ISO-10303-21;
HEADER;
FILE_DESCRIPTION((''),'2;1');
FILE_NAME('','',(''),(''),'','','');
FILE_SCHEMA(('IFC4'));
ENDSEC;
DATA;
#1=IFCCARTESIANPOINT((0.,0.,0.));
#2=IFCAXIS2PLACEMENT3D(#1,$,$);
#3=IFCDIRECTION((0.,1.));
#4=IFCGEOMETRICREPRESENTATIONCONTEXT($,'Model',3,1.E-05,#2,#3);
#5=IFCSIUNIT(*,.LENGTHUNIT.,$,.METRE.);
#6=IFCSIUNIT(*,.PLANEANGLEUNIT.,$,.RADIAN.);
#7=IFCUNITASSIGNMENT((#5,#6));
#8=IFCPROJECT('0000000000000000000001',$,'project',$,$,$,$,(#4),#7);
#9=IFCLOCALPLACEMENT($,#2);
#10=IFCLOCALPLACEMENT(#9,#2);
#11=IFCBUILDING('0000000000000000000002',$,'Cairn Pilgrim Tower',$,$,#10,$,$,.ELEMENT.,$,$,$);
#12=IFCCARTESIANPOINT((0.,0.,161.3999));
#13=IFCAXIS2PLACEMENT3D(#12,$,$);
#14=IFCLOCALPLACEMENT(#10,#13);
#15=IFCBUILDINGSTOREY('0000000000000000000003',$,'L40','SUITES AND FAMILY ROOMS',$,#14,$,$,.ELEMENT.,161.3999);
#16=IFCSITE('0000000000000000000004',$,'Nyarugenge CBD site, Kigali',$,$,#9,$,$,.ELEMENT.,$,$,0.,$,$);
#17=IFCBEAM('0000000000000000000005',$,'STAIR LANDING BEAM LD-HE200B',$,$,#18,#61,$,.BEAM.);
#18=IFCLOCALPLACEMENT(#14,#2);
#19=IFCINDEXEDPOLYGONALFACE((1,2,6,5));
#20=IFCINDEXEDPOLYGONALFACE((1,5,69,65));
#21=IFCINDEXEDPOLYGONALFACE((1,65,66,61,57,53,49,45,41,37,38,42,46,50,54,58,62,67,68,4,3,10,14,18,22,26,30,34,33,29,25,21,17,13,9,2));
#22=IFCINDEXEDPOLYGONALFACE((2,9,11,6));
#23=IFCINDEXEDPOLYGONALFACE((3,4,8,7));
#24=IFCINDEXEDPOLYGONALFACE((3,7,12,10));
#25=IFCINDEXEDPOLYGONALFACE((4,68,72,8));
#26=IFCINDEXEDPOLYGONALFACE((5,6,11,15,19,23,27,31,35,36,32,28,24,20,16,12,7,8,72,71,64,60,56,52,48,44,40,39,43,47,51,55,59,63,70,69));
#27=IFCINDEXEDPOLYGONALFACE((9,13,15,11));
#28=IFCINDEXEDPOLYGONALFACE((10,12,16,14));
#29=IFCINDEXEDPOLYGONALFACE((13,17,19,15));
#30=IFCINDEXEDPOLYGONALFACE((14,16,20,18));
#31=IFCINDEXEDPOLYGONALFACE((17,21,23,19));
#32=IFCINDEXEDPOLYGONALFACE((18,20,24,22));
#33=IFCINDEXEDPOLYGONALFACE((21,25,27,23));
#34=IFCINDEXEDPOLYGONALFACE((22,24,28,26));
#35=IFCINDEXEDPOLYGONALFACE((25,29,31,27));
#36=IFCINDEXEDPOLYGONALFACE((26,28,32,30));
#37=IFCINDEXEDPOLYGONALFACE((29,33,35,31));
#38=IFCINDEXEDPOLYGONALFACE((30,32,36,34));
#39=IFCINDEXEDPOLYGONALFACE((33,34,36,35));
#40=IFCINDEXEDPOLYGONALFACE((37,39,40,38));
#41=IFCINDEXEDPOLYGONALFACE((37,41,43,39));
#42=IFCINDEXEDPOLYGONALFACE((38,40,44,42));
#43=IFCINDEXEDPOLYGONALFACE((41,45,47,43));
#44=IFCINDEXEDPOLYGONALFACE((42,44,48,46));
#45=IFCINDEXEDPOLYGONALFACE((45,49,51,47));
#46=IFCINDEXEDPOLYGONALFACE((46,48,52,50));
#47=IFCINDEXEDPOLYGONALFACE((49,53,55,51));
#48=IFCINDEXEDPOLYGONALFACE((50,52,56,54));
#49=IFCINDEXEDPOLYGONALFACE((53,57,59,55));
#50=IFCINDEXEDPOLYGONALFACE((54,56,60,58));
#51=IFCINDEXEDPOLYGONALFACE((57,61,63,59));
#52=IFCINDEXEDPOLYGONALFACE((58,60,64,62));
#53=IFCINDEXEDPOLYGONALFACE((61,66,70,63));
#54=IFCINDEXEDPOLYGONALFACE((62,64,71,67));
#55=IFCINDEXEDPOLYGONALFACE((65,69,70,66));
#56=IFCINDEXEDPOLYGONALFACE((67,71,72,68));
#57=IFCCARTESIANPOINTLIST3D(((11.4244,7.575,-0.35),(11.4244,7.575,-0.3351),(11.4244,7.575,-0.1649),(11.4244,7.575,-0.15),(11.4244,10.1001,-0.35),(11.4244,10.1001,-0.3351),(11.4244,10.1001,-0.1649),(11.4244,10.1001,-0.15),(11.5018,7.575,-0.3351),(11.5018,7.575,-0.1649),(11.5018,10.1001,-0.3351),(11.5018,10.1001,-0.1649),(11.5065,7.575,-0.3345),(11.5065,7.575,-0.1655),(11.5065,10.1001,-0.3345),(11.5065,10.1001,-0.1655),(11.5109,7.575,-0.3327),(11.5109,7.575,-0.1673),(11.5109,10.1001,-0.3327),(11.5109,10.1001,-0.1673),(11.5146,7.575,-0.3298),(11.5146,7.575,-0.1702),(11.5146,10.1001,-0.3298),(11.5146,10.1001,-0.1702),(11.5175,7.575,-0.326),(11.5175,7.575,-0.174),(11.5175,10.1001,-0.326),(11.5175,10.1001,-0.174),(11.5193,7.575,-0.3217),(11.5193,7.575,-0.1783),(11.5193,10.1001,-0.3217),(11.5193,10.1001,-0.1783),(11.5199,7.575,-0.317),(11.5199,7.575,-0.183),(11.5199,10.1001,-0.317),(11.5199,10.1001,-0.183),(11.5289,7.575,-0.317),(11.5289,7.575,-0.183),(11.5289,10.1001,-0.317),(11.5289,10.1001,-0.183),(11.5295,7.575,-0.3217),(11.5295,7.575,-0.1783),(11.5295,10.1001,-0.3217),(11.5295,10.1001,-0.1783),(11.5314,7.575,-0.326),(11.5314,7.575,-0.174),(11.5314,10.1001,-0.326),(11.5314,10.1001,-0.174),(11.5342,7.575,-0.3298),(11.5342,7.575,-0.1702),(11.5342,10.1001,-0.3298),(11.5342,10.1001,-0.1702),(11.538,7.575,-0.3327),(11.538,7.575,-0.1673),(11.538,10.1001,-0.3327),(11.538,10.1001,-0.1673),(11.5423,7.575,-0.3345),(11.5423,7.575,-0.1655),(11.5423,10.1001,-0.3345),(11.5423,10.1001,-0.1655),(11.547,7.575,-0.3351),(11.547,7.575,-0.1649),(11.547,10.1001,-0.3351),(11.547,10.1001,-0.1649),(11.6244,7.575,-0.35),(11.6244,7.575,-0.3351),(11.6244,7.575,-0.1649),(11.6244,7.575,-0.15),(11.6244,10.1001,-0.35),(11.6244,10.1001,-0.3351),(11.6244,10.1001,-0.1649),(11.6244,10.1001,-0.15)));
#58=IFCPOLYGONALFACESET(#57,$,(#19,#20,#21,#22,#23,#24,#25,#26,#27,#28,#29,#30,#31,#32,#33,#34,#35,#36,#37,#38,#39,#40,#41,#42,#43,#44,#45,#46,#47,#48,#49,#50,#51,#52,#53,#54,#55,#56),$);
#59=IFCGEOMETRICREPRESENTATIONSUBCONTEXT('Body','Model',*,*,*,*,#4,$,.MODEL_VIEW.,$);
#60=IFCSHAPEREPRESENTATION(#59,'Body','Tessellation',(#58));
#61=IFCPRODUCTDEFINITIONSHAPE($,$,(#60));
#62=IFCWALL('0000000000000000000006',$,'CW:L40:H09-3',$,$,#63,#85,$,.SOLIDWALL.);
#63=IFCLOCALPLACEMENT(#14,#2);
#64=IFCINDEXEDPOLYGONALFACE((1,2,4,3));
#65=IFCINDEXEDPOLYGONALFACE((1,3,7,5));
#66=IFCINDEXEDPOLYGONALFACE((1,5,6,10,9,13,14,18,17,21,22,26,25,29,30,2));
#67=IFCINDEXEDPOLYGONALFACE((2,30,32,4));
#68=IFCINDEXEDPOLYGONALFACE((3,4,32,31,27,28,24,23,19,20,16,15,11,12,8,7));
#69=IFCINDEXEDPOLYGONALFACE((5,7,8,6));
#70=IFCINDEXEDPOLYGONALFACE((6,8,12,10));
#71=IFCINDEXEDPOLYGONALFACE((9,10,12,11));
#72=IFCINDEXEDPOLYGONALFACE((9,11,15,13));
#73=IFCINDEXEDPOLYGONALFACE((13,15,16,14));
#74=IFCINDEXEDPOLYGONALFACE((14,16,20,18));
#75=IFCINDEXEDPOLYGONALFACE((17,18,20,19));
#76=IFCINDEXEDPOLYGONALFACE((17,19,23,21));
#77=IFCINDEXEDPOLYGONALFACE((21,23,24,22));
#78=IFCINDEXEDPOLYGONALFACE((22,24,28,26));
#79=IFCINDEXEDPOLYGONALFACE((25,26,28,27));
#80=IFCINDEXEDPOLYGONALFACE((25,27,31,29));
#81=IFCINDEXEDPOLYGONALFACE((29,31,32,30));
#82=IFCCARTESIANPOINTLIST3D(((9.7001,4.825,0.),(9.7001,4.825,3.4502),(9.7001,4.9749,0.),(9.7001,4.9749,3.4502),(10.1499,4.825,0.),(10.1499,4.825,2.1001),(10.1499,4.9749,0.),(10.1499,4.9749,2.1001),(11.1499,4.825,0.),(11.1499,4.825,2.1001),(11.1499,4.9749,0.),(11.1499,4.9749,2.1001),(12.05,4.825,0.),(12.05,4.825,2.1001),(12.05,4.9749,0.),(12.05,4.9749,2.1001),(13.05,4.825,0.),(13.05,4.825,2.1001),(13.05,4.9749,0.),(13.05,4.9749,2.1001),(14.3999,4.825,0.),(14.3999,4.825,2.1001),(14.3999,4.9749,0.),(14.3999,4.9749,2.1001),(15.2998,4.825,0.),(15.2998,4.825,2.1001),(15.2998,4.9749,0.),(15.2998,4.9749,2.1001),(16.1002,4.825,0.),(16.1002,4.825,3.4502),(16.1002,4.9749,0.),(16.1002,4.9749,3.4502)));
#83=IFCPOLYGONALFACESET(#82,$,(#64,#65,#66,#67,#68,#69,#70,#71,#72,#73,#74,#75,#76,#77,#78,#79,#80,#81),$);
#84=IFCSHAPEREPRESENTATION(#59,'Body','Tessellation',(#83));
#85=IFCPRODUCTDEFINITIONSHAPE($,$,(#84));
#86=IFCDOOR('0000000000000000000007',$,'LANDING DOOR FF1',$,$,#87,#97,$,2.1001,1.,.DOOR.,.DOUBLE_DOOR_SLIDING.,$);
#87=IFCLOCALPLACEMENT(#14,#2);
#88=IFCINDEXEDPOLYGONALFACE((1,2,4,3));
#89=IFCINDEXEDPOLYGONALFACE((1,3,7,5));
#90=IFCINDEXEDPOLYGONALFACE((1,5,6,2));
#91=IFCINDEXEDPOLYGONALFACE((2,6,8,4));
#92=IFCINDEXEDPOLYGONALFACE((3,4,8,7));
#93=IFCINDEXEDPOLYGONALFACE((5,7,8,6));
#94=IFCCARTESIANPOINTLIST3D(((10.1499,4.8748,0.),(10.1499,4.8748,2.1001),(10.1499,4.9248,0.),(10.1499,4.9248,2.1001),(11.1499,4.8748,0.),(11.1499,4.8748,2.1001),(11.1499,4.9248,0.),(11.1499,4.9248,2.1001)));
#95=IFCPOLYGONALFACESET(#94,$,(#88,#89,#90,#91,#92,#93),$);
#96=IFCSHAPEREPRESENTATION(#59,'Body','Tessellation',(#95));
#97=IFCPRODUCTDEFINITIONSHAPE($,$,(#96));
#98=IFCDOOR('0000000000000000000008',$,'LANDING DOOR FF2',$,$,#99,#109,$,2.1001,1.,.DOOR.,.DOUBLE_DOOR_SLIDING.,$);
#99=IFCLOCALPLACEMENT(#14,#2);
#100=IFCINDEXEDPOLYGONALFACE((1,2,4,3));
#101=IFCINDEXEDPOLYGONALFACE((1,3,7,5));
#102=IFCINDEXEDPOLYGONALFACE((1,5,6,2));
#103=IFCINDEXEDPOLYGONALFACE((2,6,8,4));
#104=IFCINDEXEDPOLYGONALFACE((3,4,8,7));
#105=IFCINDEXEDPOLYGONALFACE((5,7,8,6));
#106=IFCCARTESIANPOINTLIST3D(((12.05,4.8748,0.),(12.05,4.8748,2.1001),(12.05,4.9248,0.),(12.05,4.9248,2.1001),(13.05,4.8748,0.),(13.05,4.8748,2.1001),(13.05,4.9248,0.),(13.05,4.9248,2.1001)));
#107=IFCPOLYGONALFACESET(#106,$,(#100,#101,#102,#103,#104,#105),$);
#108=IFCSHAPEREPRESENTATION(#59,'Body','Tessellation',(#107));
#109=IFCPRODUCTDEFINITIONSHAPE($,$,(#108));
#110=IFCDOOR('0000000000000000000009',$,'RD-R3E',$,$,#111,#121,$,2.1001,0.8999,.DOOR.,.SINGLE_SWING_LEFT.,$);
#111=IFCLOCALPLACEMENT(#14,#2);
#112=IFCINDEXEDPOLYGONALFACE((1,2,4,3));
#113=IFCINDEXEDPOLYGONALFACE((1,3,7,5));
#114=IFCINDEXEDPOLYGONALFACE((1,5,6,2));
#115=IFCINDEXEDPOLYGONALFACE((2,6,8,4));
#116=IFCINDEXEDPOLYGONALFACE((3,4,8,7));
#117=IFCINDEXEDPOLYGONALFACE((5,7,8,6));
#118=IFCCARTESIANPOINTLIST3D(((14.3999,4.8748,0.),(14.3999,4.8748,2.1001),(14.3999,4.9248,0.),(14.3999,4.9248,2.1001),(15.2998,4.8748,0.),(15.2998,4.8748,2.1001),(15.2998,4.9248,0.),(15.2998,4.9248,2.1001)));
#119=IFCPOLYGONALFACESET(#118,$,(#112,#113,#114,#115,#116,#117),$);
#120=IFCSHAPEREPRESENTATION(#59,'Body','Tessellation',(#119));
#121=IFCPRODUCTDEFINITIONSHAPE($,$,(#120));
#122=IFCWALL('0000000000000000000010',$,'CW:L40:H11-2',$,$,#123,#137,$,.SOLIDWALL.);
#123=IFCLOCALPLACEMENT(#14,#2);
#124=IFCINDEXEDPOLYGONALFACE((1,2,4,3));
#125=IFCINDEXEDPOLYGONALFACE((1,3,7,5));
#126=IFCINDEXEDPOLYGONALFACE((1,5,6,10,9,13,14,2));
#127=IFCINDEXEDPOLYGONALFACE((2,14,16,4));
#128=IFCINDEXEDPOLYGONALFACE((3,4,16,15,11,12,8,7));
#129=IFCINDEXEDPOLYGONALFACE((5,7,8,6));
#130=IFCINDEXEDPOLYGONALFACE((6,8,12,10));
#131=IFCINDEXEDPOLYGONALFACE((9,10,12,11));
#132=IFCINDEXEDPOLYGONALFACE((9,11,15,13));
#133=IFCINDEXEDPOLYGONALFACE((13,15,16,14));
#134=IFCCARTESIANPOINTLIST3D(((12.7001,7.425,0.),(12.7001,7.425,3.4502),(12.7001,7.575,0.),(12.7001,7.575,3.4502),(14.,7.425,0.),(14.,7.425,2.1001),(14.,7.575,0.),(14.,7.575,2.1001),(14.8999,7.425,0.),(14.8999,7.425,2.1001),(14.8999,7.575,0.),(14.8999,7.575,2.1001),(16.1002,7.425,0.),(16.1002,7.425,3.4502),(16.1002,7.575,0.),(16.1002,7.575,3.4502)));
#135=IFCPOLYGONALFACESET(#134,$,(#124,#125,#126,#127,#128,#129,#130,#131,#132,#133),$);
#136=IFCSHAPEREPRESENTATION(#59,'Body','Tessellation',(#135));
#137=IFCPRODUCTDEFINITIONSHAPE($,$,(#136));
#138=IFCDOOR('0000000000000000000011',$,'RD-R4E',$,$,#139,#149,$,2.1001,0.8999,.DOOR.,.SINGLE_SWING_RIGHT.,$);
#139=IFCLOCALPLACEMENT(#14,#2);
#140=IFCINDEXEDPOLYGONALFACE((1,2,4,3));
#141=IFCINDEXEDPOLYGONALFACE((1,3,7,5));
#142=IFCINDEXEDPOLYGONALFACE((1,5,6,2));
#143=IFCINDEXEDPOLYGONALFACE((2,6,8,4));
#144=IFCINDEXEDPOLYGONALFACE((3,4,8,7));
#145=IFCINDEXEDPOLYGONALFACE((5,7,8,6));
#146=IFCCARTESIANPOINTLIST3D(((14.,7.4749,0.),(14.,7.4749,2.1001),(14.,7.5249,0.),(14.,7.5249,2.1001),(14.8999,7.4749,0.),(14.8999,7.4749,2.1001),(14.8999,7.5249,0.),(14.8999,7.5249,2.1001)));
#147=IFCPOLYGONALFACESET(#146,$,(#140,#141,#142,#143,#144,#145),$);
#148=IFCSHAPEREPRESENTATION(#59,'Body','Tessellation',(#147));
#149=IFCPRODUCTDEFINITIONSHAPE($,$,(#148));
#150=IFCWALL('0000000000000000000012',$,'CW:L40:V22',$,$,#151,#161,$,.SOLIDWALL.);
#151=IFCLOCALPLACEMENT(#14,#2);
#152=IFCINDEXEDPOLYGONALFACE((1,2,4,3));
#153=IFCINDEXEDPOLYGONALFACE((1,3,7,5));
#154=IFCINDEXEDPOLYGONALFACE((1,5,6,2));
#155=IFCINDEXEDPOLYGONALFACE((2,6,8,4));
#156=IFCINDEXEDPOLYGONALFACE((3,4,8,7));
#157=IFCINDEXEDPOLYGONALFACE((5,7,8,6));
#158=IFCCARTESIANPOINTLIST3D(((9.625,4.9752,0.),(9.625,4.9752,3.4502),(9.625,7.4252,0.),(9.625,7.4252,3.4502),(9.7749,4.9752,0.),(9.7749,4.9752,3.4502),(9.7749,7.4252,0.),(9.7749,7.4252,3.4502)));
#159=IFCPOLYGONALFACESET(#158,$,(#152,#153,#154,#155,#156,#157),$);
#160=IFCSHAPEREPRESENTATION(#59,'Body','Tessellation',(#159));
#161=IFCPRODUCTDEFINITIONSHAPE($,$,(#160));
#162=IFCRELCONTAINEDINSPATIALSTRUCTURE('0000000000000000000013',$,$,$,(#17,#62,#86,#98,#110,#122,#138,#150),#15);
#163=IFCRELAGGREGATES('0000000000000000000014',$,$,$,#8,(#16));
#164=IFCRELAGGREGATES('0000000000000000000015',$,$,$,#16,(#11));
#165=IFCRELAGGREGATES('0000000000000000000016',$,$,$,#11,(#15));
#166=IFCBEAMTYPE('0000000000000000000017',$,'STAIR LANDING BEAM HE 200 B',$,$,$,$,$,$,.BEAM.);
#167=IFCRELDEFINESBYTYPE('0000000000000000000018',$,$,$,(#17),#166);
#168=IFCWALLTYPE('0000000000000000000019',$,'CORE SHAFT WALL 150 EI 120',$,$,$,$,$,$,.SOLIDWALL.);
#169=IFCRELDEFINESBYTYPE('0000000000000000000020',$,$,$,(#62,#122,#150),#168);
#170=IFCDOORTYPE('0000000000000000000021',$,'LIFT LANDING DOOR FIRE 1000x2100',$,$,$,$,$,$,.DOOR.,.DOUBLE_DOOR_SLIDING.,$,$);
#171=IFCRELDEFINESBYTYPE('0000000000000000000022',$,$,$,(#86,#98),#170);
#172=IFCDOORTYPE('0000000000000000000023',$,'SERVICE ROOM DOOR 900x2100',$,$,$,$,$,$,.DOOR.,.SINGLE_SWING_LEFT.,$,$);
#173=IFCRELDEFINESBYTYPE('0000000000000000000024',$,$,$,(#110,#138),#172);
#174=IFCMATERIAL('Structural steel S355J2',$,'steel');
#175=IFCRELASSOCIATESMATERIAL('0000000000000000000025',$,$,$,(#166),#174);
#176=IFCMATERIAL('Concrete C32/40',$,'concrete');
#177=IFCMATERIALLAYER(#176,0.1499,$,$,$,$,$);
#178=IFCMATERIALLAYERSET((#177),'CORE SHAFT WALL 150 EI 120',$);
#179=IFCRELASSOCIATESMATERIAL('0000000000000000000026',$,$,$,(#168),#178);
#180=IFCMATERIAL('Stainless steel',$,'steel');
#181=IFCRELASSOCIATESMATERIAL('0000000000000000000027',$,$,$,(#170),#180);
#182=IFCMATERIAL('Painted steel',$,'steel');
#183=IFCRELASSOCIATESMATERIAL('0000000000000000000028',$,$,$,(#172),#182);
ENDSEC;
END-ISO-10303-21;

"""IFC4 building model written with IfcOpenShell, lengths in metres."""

from ifc_helpers import new_model, si_unit, direction, frame, frame_2d, origin, origin_2d, place, context, subcontext, project, spatial, rectangle, i_section, extrude, material, layer, layer_set, material_profile, profile_set, type_object, element, fill, save


model = new_model("IFC4")

# Units and contexts
model_context = context("Model", 3, precision=1e-05, world=origin(), true_north=direction((0.0, 1.0)))
body_context = subcontext(model_context, "Body", "Model", "MODEL_VIEW")
ifc_project = project(units=[si_unit("LENGTHUNIT", "METRE"), si_unit("PLANEANGLEUNIT", "RADIAN")], contexts=[model_context])

# Site, building, storey
site_placement = place(None, origin())
site = spatial("IfcSite", under=ifc_project, at=site_placement, Name="Nyarugenge CBD site, Kigali", CompositionType="ELEMENT", RefElevation=0.0)
building_placement = place(site_placement, origin())
building = spatial("IfcBuilding", under=site, at=building_placement, Name="Cairn Pilgrim Tower", CompositionType="ELEMENT")
storey_placement = place(building_placement, frame((0.0, 0.0, 161.3999)))
storey = spatial("IfcBuildingStorey", under=building, at=storey_placement, Name="L40", Description="SUITES AND FAMILY ROOMS", CompositionType="ELEMENT", Elevation=161.3999)

# Beam
ifc_material_1 = material(Name="Structural steel S355J2", Category="steel")
ifc_material_profile_1 = material_profile(ifc_material_1, i_section(OverallWidth=0.2, OverallDepth=0.2, WebThickness=0.009, FlangeThickness=0.0149, FilletRadius=0.0181, at=origin_2d()), Name="HE 200 B")
ifc_profile_set_1 = profile_set([ifc_material_profile_1], Name="Structural steel S355J2")
beam_type_1 = type_object("IfcBeamType", Name="STAIR LANDING BEAM HE 200 B", PredefinedType="BEAM", material=ifc_profile_set_1)
beam_1_placement = place(storey_placement, frame((11.5244, 10.1001, -0.25), z_axis=(0.0, -1.0, 0.0), x_axis=(1.0, 0.0, 0.0)))
element("IfcBeam", 1, at=beam_1_placement, inside=storey, type_object=beam_type_1, Name="STAIR LANDING BEAM LD-HE200B", PredefinedType="BEAM", context=body_context, shape_type="SweptSolid", body=[
    extrude(i_section(OverallWidth=0.2, OverallDepth=0.2, WebThickness=0.009, FlangeThickness=0.0149, FilletRadius=0.0181, at=origin_2d()), origin(), (0.0, 0.0, 1.0), 2.5251),
])

# Wall, openings, doors
ifc_material_2 = material(Name="Concrete C32/40", Category="concrete")
ifc_layer_1 = layer(ifc_material_2, 0.1499)
ifc_layer_set_1 = layer_set([ifc_layer_1], Name="CORE SHAFT WALL 150 EI 120")
wall_type_1 = type_object("IfcWallType", Name="CORE SHAFT WALL 150 EI 120", PredefinedType="SOLIDWALL", material=ifc_layer_set_1)
wall_1_placement = place(storey_placement, frame((9.7, 4.8999, 0.0), z_axis=(0.0, 0.0, 1.0), x_axis=(1.0, 0.0, 0.0)))
wall_1 = element("IfcWall", 2, at=wall_1_placement, inside=storey, type_object=wall_type_1, Name="CW:L40:H09-3", PredefinedType="SOLIDWALL", context=body_context, shape_type="SweptSolid", body=[
    extrude(rectangle(XDim=6.4001, YDim=0.1499, at=frame_2d((3.2002, 0.0))), origin(), (0.0, 0.0, 1.0), 3.4502),
])
opening_1_placement = place(wall_1_placement, frame((0.45, 0.0, 0.0)))
opening_1 = element("IfcOpeningElement", 3, at=opening_1_placement, cuts=wall_1, PredefinedType="OPENING", context=body_context, shape_type="SweptSolid", body=[
    extrude(rectangle(XDim=1.0, YDim=2.1001, at=frame_2d((0.5, 1.05))), frame((0.0, 0.085, 0.0), z_axis=(0.0, -1.0, 0.0), x_axis=(1.0, 0.0, 0.0)), (0.0, 0.0, 1.0), 0.1699),
])
opening_2_placement = place(wall_1_placement, frame((2.3501, 0.0, 0.0)))
opening_2 = element("IfcOpeningElement", 4, at=opening_2_placement, cuts=wall_1, PredefinedType="OPENING", context=body_context, shape_type="SweptSolid", body=[
    extrude(rectangle(XDim=1.0, YDim=2.1001, at=frame_2d((0.5, 1.05))), frame((0.0, 0.085, 0.0), z_axis=(0.0, -1.0, 0.0), x_axis=(1.0, 0.0, 0.0)), (0.0, 0.0, 1.0), 0.1699),
])
opening_3_placement = place(wall_1_placement, frame((4.7, 0.0, 0.0)))
opening_3 = element("IfcOpeningElement", 5, at=opening_3_placement, cuts=wall_1, PredefinedType="OPENING", context=body_context, shape_type="SweptSolid", body=[
    extrude(rectangle(XDim=0.8999, YDim=2.1001, at=frame_2d((0.45, 1.05))), frame((0.0, 0.085, 0.0), z_axis=(0.0, -1.0, 0.0), x_axis=(1.0, 0.0, 0.0)), (0.0, 0.0, 1.0), 0.1699),
])
ifc_material_3 = material(Name="Stainless steel", Category="steel")
door_type_1 = type_object("IfcDoorType", Name="LIFT LANDING DOOR FIRE 1000x2100", OperationType="DOUBLE_DOOR_SLIDING", PredefinedType="DOOR", material=ifc_material_3)
door_1_placement = place(opening_1_placement, origin())
door_1 = element("IfcDoor", 6, at=door_1_placement, inside=storey, type_object=door_type_1, Name="LANDING DOOR FF1", OperationType="DOUBLE_DOOR_SLIDING", OverallHeight=2.1001, OverallWidth=1.0, PredefinedType="DOOR", context=body_context, shape_type="SweptSolid", body=[
    extrude(rectangle(XDim=1.0, YDim=2.1001, at=frame_2d((0.5, 1.05))), frame((0.0, 0.0249, 0.0), z_axis=(0.0, -1.0, 0.0), x_axis=(1.0, 0.0, 0.0)), (0.0, 0.0, 1.0), 0.05),
])
fill(opening_1, door_1)
door_2_placement = place(opening_2_placement, origin())
door_2 = element("IfcDoor", 7, at=door_2_placement, inside=storey, type_object=door_type_1, Name="LANDING DOOR FF2", OperationType="DOUBLE_DOOR_SLIDING", OverallHeight=2.1001, OverallWidth=1.0, PredefinedType="DOOR", context=body_context, shape_type="SweptSolid", body=[
    extrude(rectangle(XDim=1.0, YDim=2.1001, at=frame_2d((0.5, 1.05))), frame((0.0, 0.0249, 0.0), z_axis=(0.0, -1.0, 0.0), x_axis=(1.0, 0.0, 0.0)), (0.0, 0.0, 1.0), 0.05),
])
fill(opening_2, door_2)
ifc_material_4 = material(Name="Painted steel", Category="steel")
door_type_2 = type_object("IfcDoorType", Name="SERVICE ROOM DOOR 900x2100", OperationType="SINGLE_SWING_LEFT", PredefinedType="DOOR", material=ifc_material_4)
door_3_placement = place(opening_3_placement, origin())
door_3 = element("IfcDoor", 8, at=door_3_placement, inside=storey, type_object=door_type_2, Name="RD-R3E", OperationType="SINGLE_SWING_LEFT", OverallHeight=2.1001, OverallWidth=0.8999, PredefinedType="DOOR", context=body_context, shape_type="SweptSolid", body=[
    extrude(rectangle(XDim=0.8999, YDim=2.1001, at=frame_2d((0.45, 1.05))), frame((0.0, 0.0249, 0.0), z_axis=(0.0, -1.0, 0.0), x_axis=(1.0, 0.0, 0.0)), (0.0, 0.0, 1.0), 0.05),
])
fill(opening_3, door_3)

# Wall, opening, door
wall_2_placement = place(storey_placement, frame((12.7, 7.5, 0.0), z_axis=(0.0, 0.0, 1.0), x_axis=(1.0, 0.0, 0.0)))
wall_2 = element("IfcWall", 9, at=wall_2_placement, inside=storey, type_object=wall_type_1, Name="CW:L40:H11-2", PredefinedType="SOLIDWALL", context=body_context, shape_type="SweptSolid", body=[
    extrude(rectangle(XDim=3.4001, YDim=0.1499, at=frame_2d((1.7002, 0.0))), origin(), (0.0, 0.0, 1.0), 3.4502),
])
opening_4_placement = place(wall_2_placement, frame((1.3, 0.0, 0.0)))
opening_4 = element("IfcOpeningElement", 10, at=opening_4_placement, cuts=wall_2, PredefinedType="OPENING", context=body_context, shape_type="SweptSolid", body=[
    extrude(rectangle(XDim=0.8999, YDim=2.1001, at=frame_2d((0.45, 1.05))), frame((0.0, 0.085, 0.0), z_axis=(0.0, -1.0, 0.0), x_axis=(1.0, 0.0, 0.0)), (0.0, 0.0, 1.0), 0.1699),
])
door_4_placement = place(opening_4_placement, origin())
door_4 = element("IfcDoor", 11, at=door_4_placement, inside=storey, type_object=door_type_2, Name="RD-R4E", OperationType="SINGLE_SWING_RIGHT", OverallHeight=2.1001, OverallWidth=0.8999, PredefinedType="DOOR", context=body_context, shape_type="SweptSolid", body=[
    extrude(rectangle(XDim=0.8999, YDim=2.1001, at=frame_2d((0.45, 1.05))), frame((0.0, 0.0249, 0.0), z_axis=(0.0, -1.0, 0.0), x_axis=(1.0, 0.0, 0.0)), (0.0, 0.0, 1.0), 0.05),
])
fill(opening_4, door_4)

# Wall
wall_3_placement = place(storey_placement, frame((9.7, 4.9751, 0.0), z_axis=(0.0, 0.0, 1.0), x_axis=(0.0, 1.0, 0.0)))
element("IfcWall", 12, at=wall_3_placement, inside=storey, type_object=wall_type_1, Name="CW:L40:V22", PredefinedType="SOLIDWALL", context=body_context, shape_type="SweptSolid", body=[
    extrude(rectangle(XDim=2.45, YDim=0.1499, at=frame_2d((1.2251, 0.0))), origin(), (0.0, 0.0, 1.0), 3.4502),
])

save(model, "model.ifc")
